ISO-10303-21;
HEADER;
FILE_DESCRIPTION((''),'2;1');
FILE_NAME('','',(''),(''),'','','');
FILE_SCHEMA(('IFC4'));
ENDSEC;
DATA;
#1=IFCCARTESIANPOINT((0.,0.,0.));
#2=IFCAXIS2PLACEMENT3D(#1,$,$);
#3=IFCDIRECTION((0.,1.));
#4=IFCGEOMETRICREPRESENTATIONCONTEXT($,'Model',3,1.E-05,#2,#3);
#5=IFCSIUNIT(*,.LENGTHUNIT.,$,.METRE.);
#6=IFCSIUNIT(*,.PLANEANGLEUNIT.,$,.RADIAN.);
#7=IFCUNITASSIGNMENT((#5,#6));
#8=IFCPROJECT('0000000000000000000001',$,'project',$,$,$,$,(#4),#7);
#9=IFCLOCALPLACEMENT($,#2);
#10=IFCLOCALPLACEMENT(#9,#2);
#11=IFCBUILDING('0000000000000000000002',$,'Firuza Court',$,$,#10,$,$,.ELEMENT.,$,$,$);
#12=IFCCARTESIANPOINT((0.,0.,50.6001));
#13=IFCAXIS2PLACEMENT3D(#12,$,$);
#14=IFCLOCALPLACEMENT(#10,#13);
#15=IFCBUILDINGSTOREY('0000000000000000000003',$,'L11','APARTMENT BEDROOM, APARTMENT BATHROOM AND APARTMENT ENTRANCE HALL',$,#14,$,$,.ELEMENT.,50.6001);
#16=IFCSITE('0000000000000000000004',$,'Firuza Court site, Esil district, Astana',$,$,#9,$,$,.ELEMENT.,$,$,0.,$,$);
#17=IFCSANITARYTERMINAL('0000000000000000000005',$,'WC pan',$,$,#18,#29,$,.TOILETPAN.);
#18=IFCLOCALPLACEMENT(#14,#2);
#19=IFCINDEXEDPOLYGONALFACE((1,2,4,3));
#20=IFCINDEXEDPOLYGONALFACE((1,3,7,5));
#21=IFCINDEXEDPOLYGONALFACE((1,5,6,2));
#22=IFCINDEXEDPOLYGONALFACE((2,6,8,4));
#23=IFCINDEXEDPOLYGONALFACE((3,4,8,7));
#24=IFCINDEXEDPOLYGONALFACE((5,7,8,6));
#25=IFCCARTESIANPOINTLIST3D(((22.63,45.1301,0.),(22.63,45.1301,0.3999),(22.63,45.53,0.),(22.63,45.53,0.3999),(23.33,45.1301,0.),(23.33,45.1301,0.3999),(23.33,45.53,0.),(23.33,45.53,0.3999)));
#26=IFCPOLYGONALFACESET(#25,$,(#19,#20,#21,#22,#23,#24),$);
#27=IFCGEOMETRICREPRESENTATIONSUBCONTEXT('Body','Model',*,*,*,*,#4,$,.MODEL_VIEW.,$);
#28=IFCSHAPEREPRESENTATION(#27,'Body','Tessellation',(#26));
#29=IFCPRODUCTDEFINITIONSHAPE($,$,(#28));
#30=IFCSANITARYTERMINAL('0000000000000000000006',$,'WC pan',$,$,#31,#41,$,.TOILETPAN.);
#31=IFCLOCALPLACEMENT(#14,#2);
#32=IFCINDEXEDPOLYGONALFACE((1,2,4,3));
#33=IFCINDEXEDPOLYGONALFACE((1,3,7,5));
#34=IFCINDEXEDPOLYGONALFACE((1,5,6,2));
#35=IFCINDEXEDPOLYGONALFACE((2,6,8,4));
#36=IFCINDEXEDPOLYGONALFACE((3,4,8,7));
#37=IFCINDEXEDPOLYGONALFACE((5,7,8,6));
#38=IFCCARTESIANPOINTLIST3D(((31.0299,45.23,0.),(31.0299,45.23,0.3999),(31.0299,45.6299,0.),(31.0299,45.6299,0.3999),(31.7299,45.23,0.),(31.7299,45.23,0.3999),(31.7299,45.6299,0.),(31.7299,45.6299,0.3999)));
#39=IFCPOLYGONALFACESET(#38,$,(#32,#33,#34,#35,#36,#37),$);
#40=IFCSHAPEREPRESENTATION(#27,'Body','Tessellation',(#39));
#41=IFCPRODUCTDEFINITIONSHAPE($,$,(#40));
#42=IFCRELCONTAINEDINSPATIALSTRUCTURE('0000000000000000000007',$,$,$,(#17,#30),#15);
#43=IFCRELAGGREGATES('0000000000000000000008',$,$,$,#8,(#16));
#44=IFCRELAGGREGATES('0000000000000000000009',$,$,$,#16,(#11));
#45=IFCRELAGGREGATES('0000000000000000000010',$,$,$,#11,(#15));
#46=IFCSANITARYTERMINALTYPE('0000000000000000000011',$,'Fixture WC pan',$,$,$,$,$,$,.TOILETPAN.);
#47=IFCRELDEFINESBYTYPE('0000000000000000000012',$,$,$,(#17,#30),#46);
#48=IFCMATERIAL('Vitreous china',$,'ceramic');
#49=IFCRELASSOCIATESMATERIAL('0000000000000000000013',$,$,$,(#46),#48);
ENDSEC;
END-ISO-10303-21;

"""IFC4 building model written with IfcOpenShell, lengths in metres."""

from ifc_helpers import new_model, si_unit, direction, frame, origin, origin_2d, place, context, subcontext, project, spatial, rectangle, extrude, material, type_object, element, save


model = new_model("IFC4")

# Units and contexts
model_context = context("Model", 3, precision=1e-05, world=origin(), true_north=direction((0.0, 1.0)))
body_context = subcontext(model_context, "Body", "Model", "MODEL_VIEW")
ifc_project = project(units=[si_unit("LENGTHUNIT", "METRE"), si_unit("PLANEANGLEUNIT", "RADIAN")], contexts=[model_context])

# Site, building, storey
site_placement = place(None, origin())
site = spatial("IfcSite", under=ifc_project, at=site_placement, Name="Firuza Court site, Esil district, Astana", CompositionType="ELEMENT", RefElevation=0.0)
building_placement = place(site_placement, origin())
building = spatial("IfcBuilding", under=site, at=building_placement, Name="Firuza Court", CompositionType="ELEMENT")
storey_placement = place(building_placement, frame((0.0, 0.0, 50.6001)))
storey = spatial("IfcBuildingStorey", under=building, at=storey_placement, Name="L11", Description="APARTMENT BEDROOM, APARTMENT BATHROOM AND APARTMENT ENTRANCE HALL", CompositionType="ELEMENT", Elevation=50.6001)

# Sanitary terminals
ifc_material_1 = material(Name="Vitreous china", Category="ceramic")
sanitary_terminal_type_1 = type_object("IfcSanitaryTerminalType", Name="Fixture WC pan", PredefinedType="TOILETPAN", material=ifc_material_1)
for number, where, z_axis, x_axis, name in (
    (1, (22.98, 45.3301, 0.0), (0.0, 0.0, 1.0), (1.0, 0.0, 0.0), "WC pan"),
    (2, (31.3799, 45.4299, 0.0), (0.0, 0.0, 1.0), (1.0, 0.0, 0.0), "WC pan"),
):
    element("IfcSanitaryTerminal", number, at=place(storey_placement, frame(where, z_axis=z_axis, x_axis=x_axis)), inside=storey, type_object=sanitary_terminal_type_1, Name=name, PredefinedType="TOILETPAN", context=body_context, shape_type="SweptSolid", body=[
        extrude(rectangle(XDim=0.7, YDim=0.3999, at=origin_2d()), origin(), (0.0, 0.0, 1.0), 0.3999),
    ])

save(model, "model.ifc")
